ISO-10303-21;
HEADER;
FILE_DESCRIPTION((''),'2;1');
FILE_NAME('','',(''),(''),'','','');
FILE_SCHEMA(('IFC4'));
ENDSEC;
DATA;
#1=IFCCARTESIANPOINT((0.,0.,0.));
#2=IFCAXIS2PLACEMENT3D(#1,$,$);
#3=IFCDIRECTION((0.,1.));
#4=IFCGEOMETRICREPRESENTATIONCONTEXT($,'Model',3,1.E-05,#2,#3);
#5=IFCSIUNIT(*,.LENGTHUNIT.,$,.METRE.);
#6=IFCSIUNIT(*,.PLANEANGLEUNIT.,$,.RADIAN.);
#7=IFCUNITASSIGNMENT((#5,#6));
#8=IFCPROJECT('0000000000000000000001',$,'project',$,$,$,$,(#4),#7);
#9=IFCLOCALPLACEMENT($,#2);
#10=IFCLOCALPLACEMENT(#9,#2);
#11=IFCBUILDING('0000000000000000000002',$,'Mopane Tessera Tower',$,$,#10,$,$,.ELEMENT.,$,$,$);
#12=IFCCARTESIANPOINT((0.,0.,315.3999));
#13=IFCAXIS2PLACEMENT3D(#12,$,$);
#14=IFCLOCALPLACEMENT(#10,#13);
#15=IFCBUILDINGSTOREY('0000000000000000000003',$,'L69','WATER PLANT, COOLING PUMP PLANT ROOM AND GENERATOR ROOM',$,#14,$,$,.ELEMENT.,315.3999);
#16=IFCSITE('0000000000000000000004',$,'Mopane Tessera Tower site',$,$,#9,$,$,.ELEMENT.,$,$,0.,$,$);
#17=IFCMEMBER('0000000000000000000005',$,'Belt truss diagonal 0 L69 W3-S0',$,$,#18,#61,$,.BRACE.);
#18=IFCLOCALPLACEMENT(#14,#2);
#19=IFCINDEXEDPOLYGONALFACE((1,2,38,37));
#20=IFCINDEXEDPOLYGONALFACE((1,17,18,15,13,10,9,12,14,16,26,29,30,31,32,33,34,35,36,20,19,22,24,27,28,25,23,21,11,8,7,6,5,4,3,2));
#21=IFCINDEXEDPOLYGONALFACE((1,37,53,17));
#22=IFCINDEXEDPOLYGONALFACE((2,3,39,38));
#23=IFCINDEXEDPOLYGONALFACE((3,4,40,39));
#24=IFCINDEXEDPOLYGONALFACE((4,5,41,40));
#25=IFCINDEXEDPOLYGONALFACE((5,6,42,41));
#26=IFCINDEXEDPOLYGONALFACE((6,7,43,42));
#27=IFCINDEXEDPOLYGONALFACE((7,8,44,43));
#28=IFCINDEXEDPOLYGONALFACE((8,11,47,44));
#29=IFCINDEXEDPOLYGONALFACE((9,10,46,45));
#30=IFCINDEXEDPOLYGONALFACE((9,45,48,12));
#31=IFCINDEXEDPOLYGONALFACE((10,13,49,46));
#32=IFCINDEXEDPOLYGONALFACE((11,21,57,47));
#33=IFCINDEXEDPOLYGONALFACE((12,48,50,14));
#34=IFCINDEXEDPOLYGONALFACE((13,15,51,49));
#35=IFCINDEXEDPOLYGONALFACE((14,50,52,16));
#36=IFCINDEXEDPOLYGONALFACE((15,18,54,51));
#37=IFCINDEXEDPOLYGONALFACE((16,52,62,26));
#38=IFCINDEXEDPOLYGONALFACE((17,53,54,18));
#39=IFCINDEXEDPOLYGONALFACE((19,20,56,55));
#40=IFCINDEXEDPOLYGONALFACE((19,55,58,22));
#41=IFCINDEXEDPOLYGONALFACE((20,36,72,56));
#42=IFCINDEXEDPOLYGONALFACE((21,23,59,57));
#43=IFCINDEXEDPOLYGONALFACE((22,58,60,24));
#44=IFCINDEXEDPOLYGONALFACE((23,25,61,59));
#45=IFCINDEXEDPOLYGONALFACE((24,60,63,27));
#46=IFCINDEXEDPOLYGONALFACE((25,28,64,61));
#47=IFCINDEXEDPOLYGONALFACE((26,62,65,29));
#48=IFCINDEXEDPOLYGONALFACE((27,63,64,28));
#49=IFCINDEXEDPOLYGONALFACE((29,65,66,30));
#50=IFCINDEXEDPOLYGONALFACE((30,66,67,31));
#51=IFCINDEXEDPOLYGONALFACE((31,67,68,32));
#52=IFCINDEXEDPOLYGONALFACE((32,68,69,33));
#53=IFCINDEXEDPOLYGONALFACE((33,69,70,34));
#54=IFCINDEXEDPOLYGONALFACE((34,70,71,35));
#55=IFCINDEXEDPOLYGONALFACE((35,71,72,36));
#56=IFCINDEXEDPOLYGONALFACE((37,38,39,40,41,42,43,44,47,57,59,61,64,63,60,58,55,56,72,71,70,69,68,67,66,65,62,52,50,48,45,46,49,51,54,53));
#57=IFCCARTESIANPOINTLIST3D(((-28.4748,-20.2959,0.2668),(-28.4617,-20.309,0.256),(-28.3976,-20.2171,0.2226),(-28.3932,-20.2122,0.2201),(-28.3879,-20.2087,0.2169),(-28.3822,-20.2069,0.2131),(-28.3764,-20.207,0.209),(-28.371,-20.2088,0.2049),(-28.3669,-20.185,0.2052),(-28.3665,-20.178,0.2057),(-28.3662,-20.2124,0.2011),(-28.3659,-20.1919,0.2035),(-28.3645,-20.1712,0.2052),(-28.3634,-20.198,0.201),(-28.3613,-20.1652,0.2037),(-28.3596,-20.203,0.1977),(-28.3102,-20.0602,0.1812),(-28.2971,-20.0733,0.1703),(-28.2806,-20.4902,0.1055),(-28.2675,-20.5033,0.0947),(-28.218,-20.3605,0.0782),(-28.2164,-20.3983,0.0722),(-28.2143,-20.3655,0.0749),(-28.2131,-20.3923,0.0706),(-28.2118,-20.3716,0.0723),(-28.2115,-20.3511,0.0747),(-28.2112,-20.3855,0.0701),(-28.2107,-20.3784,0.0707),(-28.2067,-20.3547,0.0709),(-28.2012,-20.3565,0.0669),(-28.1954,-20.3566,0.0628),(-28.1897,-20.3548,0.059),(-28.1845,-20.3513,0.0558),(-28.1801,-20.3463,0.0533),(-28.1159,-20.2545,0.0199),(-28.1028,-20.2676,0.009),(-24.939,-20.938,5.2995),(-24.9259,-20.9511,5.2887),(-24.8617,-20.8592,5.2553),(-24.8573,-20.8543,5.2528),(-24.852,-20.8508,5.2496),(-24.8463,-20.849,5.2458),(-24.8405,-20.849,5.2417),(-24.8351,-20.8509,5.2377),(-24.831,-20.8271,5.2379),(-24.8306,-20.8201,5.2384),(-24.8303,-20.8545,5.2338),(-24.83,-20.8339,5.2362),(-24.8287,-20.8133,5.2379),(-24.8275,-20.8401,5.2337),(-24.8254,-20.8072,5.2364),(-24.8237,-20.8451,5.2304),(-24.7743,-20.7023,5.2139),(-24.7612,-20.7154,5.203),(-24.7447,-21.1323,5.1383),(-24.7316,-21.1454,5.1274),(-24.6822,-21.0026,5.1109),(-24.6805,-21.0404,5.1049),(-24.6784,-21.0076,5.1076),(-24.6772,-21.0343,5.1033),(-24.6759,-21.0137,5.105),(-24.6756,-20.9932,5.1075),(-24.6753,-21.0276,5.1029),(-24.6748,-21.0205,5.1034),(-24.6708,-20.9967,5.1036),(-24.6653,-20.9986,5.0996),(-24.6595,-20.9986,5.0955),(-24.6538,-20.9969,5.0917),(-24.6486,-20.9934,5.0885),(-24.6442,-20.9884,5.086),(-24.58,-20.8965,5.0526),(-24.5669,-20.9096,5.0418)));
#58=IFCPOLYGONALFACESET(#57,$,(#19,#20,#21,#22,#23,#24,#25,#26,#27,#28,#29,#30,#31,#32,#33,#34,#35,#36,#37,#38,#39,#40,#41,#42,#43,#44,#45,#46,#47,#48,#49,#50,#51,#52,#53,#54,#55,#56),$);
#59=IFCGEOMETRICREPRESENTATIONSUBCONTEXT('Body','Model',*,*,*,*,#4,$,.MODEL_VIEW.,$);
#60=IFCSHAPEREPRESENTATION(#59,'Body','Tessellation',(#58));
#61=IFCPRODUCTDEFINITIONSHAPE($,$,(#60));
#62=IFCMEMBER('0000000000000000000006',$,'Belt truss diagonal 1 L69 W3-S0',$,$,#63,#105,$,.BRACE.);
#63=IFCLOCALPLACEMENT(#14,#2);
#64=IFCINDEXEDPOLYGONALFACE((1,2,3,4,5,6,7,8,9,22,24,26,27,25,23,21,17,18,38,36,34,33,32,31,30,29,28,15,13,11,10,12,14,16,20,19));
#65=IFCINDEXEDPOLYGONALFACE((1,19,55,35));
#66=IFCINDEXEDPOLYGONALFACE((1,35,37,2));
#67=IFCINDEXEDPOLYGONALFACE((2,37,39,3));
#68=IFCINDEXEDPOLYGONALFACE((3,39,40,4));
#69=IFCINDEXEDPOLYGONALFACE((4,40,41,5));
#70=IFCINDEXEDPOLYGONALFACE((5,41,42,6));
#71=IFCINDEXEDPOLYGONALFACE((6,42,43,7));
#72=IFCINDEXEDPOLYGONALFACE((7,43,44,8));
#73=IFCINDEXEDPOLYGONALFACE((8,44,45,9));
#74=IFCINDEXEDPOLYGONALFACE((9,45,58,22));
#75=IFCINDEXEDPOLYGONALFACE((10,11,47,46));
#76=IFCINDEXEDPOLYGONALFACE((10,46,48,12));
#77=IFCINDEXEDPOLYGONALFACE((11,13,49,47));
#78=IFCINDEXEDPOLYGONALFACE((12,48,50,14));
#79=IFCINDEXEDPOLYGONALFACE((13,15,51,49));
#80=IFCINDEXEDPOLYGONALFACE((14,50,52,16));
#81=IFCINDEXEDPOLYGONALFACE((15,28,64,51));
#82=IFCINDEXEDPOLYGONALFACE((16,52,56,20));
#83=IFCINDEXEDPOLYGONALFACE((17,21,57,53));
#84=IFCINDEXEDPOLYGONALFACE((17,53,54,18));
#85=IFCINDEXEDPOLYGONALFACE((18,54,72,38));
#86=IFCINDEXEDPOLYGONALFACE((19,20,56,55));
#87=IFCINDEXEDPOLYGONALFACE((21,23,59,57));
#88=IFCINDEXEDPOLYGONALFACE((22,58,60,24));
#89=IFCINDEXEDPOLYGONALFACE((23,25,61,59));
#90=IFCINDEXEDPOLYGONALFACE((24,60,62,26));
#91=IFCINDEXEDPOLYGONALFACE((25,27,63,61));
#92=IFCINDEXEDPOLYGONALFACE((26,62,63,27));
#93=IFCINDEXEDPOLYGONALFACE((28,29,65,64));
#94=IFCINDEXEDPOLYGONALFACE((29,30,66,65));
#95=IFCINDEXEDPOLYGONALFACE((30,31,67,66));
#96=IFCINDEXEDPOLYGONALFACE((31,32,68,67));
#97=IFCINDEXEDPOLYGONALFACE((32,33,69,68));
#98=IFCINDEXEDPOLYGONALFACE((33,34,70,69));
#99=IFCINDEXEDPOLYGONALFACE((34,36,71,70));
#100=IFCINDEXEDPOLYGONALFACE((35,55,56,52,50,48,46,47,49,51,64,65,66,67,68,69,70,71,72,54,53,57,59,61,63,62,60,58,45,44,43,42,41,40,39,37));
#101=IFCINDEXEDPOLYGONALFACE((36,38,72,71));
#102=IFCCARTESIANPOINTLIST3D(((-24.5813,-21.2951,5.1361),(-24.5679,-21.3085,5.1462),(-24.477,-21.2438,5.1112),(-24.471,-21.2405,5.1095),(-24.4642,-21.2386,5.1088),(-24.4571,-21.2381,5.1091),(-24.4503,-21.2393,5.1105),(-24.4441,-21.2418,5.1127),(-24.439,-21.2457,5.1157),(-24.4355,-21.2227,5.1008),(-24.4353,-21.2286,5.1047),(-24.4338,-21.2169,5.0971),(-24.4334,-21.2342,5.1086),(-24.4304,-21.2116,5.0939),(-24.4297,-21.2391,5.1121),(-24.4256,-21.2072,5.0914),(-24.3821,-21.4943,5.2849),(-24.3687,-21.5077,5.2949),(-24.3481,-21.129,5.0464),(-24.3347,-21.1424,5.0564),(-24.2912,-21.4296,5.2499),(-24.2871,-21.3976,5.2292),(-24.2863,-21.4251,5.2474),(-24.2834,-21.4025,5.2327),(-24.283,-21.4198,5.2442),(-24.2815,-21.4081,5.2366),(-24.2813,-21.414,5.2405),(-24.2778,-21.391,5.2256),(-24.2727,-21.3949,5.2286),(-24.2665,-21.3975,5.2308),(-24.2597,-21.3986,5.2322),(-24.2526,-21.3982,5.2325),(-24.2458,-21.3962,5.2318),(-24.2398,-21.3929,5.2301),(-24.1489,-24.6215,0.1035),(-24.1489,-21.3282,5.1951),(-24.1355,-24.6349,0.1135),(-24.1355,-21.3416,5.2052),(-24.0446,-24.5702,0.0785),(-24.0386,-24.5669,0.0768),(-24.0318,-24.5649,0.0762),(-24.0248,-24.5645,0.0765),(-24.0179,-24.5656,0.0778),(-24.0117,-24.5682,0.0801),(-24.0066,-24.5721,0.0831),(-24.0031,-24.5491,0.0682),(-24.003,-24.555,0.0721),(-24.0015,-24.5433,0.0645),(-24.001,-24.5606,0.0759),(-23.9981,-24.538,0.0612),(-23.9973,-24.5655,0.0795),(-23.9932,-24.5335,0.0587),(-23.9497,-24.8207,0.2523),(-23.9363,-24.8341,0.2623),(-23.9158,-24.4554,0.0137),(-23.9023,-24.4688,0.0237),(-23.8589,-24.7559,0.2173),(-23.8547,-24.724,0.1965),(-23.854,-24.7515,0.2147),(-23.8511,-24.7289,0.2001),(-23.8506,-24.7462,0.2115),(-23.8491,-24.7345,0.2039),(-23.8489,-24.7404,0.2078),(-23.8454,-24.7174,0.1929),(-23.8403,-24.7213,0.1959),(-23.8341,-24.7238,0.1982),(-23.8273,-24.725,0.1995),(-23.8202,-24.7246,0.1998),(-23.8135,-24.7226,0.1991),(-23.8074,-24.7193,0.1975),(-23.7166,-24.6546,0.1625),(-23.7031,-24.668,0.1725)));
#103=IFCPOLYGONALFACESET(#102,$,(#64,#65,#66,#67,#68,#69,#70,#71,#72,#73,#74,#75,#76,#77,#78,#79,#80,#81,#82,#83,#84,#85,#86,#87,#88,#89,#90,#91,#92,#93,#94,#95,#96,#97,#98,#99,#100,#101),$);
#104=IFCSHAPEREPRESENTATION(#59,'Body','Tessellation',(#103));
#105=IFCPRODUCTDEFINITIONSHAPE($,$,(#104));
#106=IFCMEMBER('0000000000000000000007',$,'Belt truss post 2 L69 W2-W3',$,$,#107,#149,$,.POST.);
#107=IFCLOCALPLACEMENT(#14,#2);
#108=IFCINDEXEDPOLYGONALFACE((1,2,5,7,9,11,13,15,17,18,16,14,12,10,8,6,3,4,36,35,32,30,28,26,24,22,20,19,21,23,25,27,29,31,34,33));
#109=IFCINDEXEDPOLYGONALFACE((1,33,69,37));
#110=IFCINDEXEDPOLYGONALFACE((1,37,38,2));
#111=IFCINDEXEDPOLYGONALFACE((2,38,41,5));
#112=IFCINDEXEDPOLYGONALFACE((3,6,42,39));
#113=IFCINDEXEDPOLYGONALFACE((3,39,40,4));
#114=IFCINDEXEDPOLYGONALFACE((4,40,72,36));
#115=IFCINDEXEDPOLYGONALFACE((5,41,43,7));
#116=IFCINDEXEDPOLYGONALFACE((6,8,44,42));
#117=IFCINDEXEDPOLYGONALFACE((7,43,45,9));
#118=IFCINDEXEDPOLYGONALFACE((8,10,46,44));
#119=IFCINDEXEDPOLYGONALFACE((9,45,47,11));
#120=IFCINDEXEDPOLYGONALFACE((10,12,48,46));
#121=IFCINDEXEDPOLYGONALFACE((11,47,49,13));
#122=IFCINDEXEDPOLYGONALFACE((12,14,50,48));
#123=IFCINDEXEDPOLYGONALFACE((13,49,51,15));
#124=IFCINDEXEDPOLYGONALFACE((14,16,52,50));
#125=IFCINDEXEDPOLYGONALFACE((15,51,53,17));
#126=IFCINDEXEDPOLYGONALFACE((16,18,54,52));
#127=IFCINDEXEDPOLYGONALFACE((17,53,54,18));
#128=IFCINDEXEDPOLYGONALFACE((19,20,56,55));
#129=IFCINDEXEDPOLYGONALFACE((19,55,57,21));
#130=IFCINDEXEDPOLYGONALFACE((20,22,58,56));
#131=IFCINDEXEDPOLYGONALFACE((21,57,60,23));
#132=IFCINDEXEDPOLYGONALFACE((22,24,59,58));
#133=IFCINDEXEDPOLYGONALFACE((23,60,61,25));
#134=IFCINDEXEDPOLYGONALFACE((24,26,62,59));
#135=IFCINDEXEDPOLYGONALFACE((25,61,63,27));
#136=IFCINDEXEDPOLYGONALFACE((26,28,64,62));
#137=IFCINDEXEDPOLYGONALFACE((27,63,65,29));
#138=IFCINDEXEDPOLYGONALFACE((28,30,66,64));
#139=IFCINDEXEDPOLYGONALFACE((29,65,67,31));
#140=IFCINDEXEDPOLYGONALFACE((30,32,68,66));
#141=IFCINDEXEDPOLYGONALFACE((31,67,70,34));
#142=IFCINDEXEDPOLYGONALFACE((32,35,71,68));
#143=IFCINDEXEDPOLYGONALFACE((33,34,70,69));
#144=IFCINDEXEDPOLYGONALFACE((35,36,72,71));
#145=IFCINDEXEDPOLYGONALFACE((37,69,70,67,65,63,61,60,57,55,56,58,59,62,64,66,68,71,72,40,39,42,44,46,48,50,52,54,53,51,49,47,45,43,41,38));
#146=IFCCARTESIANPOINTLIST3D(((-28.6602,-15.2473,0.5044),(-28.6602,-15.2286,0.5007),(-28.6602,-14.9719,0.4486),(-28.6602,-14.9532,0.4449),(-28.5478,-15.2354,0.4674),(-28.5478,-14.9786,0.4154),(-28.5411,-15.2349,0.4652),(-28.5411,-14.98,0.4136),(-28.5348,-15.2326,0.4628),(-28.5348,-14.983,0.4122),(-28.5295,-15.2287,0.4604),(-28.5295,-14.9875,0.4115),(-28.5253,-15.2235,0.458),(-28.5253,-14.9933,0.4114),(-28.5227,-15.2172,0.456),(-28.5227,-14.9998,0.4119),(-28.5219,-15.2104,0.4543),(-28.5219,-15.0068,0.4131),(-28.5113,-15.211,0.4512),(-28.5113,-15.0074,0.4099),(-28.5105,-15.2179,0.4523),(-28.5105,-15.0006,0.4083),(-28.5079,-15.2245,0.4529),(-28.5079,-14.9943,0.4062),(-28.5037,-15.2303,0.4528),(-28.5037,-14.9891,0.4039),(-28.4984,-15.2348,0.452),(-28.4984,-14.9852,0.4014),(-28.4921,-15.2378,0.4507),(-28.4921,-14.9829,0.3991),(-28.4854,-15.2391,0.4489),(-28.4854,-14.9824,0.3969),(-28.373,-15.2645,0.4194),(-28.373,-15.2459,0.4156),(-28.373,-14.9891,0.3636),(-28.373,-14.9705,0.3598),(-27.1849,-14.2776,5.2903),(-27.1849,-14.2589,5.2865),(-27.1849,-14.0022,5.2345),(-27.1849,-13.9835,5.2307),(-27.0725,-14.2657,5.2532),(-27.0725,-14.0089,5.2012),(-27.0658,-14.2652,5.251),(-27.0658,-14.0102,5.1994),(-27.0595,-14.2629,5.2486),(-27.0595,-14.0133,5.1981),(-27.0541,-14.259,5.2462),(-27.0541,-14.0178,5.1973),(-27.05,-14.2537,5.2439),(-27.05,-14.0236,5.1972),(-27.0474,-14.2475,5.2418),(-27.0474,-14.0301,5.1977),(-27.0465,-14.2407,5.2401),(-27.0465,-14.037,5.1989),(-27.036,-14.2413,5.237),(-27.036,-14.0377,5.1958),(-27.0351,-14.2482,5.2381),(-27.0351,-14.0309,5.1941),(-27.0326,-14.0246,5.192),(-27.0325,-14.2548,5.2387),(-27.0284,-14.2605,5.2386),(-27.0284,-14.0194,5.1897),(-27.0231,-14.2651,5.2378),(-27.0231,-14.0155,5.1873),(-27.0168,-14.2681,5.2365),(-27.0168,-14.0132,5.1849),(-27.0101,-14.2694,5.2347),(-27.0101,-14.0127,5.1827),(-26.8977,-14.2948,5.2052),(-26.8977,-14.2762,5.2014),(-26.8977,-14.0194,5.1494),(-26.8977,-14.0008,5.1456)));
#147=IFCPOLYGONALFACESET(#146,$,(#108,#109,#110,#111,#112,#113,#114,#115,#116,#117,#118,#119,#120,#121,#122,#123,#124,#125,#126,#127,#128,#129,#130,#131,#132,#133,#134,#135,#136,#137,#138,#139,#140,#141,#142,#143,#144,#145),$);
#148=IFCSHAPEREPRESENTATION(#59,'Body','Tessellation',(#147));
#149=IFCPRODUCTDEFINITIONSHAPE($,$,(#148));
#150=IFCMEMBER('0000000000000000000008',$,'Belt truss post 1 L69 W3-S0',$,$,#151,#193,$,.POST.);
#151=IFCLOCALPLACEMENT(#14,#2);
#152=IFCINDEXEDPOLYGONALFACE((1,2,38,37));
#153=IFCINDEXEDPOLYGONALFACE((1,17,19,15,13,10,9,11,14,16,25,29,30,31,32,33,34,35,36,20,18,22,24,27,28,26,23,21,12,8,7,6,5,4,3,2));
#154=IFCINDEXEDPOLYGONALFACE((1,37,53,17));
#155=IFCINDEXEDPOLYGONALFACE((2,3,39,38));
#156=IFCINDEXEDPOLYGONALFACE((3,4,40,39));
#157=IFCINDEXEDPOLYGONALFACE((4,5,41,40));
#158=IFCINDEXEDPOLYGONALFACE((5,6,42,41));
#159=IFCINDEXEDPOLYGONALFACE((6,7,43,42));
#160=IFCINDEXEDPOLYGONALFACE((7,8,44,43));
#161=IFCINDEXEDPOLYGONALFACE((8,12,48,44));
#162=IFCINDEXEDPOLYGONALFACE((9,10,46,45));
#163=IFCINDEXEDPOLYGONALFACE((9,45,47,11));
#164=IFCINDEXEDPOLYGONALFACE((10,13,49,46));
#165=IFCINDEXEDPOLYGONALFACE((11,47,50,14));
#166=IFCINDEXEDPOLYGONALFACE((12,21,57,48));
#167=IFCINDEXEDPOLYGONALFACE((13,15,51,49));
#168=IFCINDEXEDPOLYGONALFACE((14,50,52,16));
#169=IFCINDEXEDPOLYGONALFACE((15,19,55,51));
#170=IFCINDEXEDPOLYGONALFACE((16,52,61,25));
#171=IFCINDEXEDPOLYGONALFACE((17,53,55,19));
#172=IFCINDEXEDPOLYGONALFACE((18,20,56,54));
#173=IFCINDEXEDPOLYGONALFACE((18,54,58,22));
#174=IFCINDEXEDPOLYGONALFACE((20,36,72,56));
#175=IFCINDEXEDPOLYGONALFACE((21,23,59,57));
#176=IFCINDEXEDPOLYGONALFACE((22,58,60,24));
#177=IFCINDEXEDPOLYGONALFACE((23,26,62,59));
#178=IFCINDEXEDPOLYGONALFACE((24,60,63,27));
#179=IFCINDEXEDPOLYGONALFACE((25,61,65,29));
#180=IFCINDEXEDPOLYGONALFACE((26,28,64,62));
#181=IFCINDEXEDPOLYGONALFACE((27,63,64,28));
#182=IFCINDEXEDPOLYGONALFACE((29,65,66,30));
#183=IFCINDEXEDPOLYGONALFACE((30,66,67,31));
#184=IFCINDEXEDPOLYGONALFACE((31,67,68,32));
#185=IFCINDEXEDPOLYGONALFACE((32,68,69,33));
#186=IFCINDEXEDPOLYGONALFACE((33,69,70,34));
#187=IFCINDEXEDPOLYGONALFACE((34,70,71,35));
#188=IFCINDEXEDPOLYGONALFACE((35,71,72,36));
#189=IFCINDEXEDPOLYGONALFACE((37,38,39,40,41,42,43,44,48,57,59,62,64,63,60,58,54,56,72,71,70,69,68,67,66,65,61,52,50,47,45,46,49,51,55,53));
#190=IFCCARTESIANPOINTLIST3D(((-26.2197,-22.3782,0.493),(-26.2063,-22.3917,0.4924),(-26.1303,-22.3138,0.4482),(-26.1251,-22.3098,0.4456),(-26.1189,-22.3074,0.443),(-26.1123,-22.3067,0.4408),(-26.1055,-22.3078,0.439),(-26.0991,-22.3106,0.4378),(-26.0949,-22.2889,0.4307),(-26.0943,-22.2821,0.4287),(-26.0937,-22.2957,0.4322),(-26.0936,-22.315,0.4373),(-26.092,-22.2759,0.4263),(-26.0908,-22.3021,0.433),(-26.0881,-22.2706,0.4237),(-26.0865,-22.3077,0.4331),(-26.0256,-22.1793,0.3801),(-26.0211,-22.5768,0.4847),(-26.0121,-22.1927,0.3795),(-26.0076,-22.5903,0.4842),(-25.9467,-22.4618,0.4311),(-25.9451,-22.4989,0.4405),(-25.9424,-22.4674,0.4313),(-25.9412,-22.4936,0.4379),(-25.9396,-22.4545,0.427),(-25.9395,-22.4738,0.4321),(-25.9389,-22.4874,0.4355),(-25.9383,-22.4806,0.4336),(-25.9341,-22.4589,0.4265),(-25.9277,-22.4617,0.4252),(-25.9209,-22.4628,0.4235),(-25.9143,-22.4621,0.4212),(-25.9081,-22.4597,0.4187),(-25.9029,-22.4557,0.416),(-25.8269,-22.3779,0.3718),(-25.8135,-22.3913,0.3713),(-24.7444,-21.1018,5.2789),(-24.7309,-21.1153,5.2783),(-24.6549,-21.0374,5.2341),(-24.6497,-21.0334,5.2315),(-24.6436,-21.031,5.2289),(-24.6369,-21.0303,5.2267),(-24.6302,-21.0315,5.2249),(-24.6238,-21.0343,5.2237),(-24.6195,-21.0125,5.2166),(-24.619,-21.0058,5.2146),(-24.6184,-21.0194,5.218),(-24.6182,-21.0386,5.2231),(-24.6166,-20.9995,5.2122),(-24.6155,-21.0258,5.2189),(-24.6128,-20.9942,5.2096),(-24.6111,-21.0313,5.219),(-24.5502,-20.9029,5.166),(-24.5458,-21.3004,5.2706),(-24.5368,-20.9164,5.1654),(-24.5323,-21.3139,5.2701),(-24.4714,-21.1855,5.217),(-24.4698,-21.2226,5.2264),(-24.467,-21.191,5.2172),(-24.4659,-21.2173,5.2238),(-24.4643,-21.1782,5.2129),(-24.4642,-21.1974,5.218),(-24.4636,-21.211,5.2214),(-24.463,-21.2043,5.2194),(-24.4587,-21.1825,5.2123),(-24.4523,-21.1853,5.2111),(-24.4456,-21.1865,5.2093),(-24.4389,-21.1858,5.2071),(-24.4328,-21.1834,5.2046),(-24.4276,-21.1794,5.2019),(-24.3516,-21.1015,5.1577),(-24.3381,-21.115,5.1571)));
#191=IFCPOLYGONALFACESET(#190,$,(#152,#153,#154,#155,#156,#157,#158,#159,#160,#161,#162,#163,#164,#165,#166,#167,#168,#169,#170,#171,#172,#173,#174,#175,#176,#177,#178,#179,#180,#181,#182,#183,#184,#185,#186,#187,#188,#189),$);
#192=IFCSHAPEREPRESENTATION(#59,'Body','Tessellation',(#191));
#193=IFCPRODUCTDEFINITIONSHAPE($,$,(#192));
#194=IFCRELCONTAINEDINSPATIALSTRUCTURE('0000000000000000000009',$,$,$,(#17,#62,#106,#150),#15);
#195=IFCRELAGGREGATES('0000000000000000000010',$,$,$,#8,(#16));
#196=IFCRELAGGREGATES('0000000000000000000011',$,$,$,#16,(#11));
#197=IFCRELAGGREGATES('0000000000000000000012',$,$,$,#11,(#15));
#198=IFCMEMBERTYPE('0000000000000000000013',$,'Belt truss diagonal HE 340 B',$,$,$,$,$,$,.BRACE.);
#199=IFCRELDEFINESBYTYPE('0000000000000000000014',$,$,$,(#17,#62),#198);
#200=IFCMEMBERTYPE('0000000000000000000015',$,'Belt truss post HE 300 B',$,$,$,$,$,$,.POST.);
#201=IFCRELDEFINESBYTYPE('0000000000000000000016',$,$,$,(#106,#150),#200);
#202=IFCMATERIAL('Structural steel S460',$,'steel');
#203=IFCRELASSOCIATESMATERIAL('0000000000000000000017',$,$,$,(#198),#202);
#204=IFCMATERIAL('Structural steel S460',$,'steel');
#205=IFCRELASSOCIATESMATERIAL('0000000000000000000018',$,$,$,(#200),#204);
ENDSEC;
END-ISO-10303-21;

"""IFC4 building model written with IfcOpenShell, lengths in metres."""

from ifc_helpers import new_model, si_unit, direction, frame, origin, origin_2d, place, context, subcontext, project, spatial, i_section, extrude, material, material_profile, profile_set, type_object, element, save


model = new_model("IFC4")

# Units and contexts
model_context = context("Model", 3, precision=1e-05, world=origin(), true_north=direction((0.0, 1.0)))
body_context = subcontext(model_context, "Body", "Model", "MODEL_VIEW")
ifc_project = project(units=[si_unit("LENGTHUNIT", "METRE"), si_unit("PLANEANGLEUNIT", "RADIAN")], contexts=[model_context])

# Site, building, storey
site_placement = place(None, origin())
site = spatial("IfcSite", under=ifc_project, at=site_placement, Name="Mopane Tessera Tower site", CompositionType="ELEMENT", RefElevation=0.0)
building_placement = place(site_placement, origin())
building = spatial("IfcBuilding", under=site, at=building_placement, Name="Mopane Tessera Tower", CompositionType="ELEMENT")
storey_placement = place(building_placement, frame((0.0, 0.0, 315.3999)))
storey = spatial("IfcBuildingStorey", under=building, at=storey_placement, Name="L69", Description="WATER PLANT, COOLING PUMP PLANT ROOM AND GENERATOR ROOM", CompositionType="ELEMENT", Elevation=315.3999)

# Members
ifc_material_1 = material(Name="Structural steel S460", Category="steel")
ifc_material_profile_1 = material_profile(ifc_material_1, i_section(OverallWidth=0.3, OverallDepth=0.3401, WebThickness=0.012, FlangeThickness=0.0215, FilletRadius=0.0271, at=origin_2d()))
ifc_profile_set_1 = profile_set([ifc_material_profile_1], Name="Structural steel S460")
member_type_1 = type_object("IfcMemberType", Name="Belt truss diagonal HE 340 B", PredefinedType="BRACE", material=ifc_profile_set_1)
member_1_placement = place(storey_placement, frame((-28.2888, -20.2817, 0.1379), z_axis=(0.571772, -0.103829, 0.813816), x_axis=(0.548845, 0.785707, -0.285365)))
element("IfcMember", 1, at=member_1_placement, inside=storey, type_object=member_type_1, Name="Belt truss diagonal 0 L69 W3-S0", PredefinedType="BRACE", context=body_context, shape_type="SweptSolid", body=[
    extrude(i_section(OverallWidth=0.3, OverallDepth=0.3401, WebThickness=0.012, FlangeThickness=0.0215, FilletRadius=0.0271, at=origin_2d()), origin(), (0.0, 0.0, 1.0), 6.1841),
])
member_2_placement = place(storey_placement, frame((-24.3584, -21.3184, 5.1707), z_axis=(0.071488, -0.549988, -0.832107), x_axis=(0.777153, 0.55365, -0.299173)))
element("IfcMember", 2, at=member_2_placement, inside=storey, type_object=member_type_1, Name="Belt truss diagonal 1 L69 W3-S0", PredefinedType="BRACE", context=body_context, shape_type="SweptSolid", body=[
    extrude(i_section(OverallWidth=0.3, OverallDepth=0.3401, WebThickness=0.012, FlangeThickness=0.0215, FilletRadius=0.0271, at=origin_2d()), origin(), (0.0, 0.0, 1.0), 6.0481),
])
ifc_material_2 = material(Name="Structural steel S460", Category="steel")
ifc_material_profile_2 = material_profile(ifc_material_2, i_section(OverallWidth=0.3, OverallDepth=0.3, WebThickness=0.011, FlangeThickness=0.019, FilletRadius=0.0271, at=origin_2d()))
ifc_profile_set_2 = profile_set([ifc_material_profile_2], Name="Structural steel S460")
member_type_2 = type_object("IfcMemberType", Name="Belt truss post HE 300 B", PredefinedType="POST", material=ifc_profile_set_2)
member_3_placement = place(storey_placement, frame((-28.5166, -15.1089, 0.4321), z_axis=(0.289217, 0.1901, 0.938198), x_axis=(0.957263, -0.057415, -0.283461)))
element("IfcMember", 3, at=member_3_placement, inside=storey, type_object=member_type_2, Name="Belt truss post 2 L69 W2-W3", PredefinedType="POST", context=body_context, shape_type="SweptSolid", body=[
    extrude(i_section(OverallWidth=0.3, OverallDepth=0.3, WebThickness=0.011, FlangeThickness=0.019, FilletRadius=0.0271, at=origin_2d()), origin(), (0.0, 0.0, 1.0), 5.1011),
])
member_4_placement = place(storey_placement, frame((-26.0166, -22.3848, 0.4321), z_axis=(0.285464, 0.246965, 0.926023), x_axis=(0.647193, 0.662967, -0.376319)))
element("IfcMember", 4, at=member_4_placement, inside=storey, type_object=member_type_2, Name="Belt truss post 1 L69 W3-S0", PredefinedType="POST", context=body_context, shape_type="SweptSolid", body=[
    extrude(i_section(OverallWidth=0.3, OverallDepth=0.3, WebThickness=0.011, FlangeThickness=0.019, FilletRadius=0.0271, at=origin_2d()), origin(), (0.0, 0.0, 1.0), 5.1682),
])

save(model, "model.ifc")
